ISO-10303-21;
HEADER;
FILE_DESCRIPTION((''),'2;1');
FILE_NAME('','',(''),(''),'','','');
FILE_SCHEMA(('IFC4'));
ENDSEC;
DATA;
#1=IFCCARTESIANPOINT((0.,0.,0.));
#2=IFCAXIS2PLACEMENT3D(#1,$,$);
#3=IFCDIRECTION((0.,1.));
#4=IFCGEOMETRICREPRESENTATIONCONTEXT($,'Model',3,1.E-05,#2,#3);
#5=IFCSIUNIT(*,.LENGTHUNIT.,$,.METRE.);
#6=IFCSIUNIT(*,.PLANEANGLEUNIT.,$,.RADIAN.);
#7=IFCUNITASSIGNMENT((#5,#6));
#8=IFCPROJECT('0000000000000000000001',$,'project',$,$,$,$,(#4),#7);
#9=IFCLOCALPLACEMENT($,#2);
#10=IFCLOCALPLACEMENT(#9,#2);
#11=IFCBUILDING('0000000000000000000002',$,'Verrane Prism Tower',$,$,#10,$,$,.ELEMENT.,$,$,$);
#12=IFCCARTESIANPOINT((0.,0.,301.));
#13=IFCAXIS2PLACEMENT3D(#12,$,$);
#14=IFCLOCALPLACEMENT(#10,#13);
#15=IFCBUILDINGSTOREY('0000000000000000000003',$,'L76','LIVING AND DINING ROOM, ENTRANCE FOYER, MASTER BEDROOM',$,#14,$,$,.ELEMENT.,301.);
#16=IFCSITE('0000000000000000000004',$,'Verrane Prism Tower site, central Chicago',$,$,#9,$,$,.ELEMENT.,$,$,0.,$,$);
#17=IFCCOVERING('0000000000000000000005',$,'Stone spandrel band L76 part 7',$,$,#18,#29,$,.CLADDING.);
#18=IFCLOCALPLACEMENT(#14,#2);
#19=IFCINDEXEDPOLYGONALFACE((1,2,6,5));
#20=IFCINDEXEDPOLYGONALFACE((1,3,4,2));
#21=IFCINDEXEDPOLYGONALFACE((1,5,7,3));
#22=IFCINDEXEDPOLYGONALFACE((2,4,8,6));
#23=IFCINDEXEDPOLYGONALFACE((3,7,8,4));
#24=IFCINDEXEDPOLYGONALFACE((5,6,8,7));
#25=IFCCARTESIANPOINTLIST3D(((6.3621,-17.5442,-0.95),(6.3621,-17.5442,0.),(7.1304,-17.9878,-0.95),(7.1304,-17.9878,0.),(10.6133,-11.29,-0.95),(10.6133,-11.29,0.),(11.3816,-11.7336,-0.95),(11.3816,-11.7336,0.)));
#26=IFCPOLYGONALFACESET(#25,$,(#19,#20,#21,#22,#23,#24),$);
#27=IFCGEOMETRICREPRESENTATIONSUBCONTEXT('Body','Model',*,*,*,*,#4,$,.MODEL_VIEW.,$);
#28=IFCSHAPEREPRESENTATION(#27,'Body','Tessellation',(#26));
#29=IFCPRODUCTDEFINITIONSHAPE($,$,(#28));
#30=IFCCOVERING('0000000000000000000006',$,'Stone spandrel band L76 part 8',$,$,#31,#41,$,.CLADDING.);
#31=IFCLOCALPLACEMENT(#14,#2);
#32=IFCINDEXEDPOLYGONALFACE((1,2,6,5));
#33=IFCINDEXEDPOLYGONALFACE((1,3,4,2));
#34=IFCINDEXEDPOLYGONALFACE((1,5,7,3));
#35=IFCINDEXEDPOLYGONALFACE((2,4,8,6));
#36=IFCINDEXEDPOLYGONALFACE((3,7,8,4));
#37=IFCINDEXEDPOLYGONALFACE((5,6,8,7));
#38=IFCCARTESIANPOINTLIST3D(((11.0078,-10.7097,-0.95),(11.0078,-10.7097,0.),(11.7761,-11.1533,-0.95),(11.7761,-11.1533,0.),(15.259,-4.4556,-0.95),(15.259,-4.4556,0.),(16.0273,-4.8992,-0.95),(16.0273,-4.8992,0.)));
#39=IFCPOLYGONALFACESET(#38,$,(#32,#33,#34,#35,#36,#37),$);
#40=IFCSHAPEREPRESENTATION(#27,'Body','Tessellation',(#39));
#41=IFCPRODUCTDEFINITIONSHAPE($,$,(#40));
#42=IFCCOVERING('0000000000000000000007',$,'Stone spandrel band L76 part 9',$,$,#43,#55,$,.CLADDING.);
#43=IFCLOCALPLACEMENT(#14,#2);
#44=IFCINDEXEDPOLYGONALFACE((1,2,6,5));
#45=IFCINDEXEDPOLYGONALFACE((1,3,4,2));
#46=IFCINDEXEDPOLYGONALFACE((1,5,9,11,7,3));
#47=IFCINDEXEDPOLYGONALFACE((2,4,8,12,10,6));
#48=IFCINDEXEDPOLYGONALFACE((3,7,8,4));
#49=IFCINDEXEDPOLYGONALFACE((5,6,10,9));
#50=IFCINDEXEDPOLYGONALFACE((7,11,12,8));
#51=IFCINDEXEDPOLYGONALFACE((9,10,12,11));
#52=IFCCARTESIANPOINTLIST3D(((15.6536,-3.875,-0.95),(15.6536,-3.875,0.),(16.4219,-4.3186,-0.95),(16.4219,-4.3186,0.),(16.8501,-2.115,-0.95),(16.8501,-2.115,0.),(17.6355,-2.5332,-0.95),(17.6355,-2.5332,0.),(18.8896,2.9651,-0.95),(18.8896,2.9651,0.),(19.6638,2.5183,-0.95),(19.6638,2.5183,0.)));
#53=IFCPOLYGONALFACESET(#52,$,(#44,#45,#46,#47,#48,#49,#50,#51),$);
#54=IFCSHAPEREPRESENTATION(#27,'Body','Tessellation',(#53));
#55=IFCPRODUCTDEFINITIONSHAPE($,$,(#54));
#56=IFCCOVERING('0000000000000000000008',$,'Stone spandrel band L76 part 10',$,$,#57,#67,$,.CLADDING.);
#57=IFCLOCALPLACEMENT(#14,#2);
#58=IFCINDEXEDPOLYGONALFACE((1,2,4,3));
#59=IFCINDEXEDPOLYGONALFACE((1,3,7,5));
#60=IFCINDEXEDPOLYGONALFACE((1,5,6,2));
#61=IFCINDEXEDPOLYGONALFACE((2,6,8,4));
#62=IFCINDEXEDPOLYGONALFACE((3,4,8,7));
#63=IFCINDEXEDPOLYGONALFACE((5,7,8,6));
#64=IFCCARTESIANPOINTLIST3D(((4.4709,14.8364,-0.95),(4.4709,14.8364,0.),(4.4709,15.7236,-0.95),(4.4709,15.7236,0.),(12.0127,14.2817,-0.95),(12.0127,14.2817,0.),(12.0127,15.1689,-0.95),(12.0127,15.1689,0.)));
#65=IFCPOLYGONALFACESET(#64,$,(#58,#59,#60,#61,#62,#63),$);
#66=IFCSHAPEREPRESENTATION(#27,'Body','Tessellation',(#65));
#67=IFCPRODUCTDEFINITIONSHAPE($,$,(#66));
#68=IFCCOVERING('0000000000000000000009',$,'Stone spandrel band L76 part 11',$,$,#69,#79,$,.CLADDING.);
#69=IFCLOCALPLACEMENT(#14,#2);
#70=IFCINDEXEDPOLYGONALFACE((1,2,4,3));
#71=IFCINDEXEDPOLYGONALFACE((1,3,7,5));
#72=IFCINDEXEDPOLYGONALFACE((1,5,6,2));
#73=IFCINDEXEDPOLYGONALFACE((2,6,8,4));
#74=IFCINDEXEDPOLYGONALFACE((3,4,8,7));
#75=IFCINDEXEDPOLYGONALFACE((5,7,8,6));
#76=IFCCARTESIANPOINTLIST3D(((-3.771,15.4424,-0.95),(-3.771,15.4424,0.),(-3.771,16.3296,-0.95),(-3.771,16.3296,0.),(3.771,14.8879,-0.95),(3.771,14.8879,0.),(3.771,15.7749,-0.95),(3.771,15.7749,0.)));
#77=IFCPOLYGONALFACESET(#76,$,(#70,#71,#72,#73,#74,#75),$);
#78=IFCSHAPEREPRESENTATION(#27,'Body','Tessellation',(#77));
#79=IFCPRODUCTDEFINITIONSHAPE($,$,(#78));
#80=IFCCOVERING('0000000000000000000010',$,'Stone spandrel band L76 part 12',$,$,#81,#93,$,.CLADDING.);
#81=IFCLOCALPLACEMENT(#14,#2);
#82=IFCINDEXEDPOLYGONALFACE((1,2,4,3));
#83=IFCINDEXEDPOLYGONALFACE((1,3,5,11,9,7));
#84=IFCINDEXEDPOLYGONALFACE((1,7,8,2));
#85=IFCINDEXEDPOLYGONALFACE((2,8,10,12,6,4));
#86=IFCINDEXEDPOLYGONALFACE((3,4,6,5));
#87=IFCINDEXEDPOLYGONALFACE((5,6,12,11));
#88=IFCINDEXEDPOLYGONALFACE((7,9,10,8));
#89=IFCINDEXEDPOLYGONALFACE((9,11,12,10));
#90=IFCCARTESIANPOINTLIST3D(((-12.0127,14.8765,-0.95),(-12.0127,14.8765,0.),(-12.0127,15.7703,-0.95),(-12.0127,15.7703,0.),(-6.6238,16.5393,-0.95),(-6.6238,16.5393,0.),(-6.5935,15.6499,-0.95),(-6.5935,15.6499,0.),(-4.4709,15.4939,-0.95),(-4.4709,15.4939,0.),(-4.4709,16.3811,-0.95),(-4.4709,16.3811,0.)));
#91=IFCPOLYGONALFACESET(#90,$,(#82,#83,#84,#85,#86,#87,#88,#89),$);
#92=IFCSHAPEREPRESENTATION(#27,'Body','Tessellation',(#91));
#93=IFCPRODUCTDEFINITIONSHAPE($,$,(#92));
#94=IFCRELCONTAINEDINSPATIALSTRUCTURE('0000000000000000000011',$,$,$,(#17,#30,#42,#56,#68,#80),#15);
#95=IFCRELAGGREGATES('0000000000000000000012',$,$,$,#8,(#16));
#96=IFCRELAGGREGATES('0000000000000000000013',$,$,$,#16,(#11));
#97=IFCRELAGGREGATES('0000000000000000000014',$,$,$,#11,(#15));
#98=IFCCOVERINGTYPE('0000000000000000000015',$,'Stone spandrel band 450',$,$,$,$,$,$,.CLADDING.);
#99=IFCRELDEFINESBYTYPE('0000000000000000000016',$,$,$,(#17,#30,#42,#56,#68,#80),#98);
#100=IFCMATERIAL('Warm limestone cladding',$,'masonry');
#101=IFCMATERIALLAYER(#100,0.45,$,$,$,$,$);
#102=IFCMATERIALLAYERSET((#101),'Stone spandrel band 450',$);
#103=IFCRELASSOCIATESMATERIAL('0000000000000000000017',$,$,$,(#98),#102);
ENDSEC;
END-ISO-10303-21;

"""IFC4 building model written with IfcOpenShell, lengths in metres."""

from ifc_helpers import new_model, si_unit, direction, frame, origin, place, context, subcontext, project, spatial, polyline, outline, extrude, material, layer, layer_set, type_object, element, save


model = new_model("IFC4")

# Units and contexts
model_context = context("Model", 3, precision=1e-05, world=origin(), true_north=direction((0.0, 1.0)))
body_context = subcontext(model_context, "Body", "Model", "MODEL_VIEW")
ifc_project = project(units=[si_unit("LENGTHUNIT", "METRE"), si_unit("PLANEANGLEUNIT", "RADIAN")], contexts=[model_context])

# Site, building, storey
site_placement = place(None, origin())
site = spatial("IfcSite", under=ifc_project, at=site_placement, Name="Verrane Prism Tower site, central Chicago", CompositionType="ELEMENT", RefElevation=0.0)
building_placement = place(site_placement, origin())
building = spatial("IfcBuilding", under=site, at=building_placement, Name="Verrane Prism Tower", CompositionType="ELEMENT")
storey_placement = place(building_placement, frame((0.0, 0.0, 301.0)))
storey = spatial("IfcBuildingStorey", under=building, at=storey_placement, Name="L76", Description="LIVING AND DINING ROOM, ENTRANCE FOYER, MASTER BEDROOM", CompositionType="ELEMENT", Elevation=301.0)

# Coverings
ifc_material_1 = material(Name="Warm limestone cladding", Category="masonry")
ifc_layer_1 = layer(ifc_material_1, 0.45)
ifc_layer_set_1 = layer_set([ifc_layer_1], Name="Stone spandrel band 450")
covering_type = type_object("IfcCoveringType", Name="Stone spandrel band 450", PredefinedType="CLADDING", material=ifc_layer_set_1)
covering_1_placement = place(storey_placement, frame((0.0, 0.0, -0.95)))
element("IfcCovering", 1, at=covering_1_placement, inside=storey, type_object=covering_type, Name="Stone spandrel band L76 part 7", PredefinedType="CLADDING", context=body_context, shape_type="SweptSolid", body=[
    extrude(outline(polyline([(10.6133, -11.29), (6.3621, -17.5442), (7.1304, -17.9878), (11.3816, -11.7336), (10.6133, -11.29)])), origin(), (0.0, 0.0, 1.0), 0.95),
])
covering_2_placement = place(storey_placement, frame((0.0, 0.0, -0.95)))
element("IfcCovering", 2, at=covering_2_placement, inside=storey, type_object=covering_type, Name="Stone spandrel band L76 part 8", PredefinedType="CLADDING", context=body_context, shape_type="SweptSolid", body=[
    extrude(outline(polyline([(16.0273, -4.8992), (15.259, -4.4556), (11.0078, -10.7097), (11.7761, -11.1533), (16.0273, -4.8992)])), origin(), (0.0, 0.0, 1.0), 0.95),
])
covering_3_placement = place(storey_placement, frame((0.0, 0.0, -0.95)))
element("IfcCovering", 3, at=covering_3_placement, inside=storey, type_object=covering_type, Name="Stone spandrel band L76 part 9", PredefinedType="CLADDING", context=body_context, shape_type="SweptSolid", body=[
    extrude(outline(polyline([(19.6638, 2.5183), (18.8896, 2.9651), (16.8501, -2.115), (15.6536, -3.875), (16.4219, -4.3186), (17.6355, -2.5332), (19.6638, 2.5183)])), origin(), (0.0, 0.0, 1.0), 0.95),
])
covering_4_placement = place(storey_placement, frame((0.0, 0.0, -0.95)))
element("IfcCovering", 4, at=covering_4_placement, inside=storey, type_object=covering_type, Name="Stone spandrel band L76 part 10", PredefinedType="CLADDING", context=body_context, shape_type="SweptSolid", body=[
    extrude(outline(polyline([(4.4709, 14.8364), (12.0127, 14.2817), (12.0127, 15.1689), (4.4709, 15.7236), (4.4709, 14.8364)])), origin(), (0.0, 0.0, 1.0), 0.95),
])
covering_5_placement = place(storey_placement, frame((0.0, 0.0, -0.95)))
element("IfcCovering", 5, at=covering_5_placement, inside=storey, type_object=covering_type, Name="Stone spandrel band L76 part 11", PredefinedType="CLADDING", context=body_context, shape_type="SweptSolid", body=[
    extrude(outline(polyline([(-3.771, 15.4424), (3.771, 14.8879), (3.771, 15.7749), (-3.771, 16.3296), (-3.771, 15.4424)])), origin(), (0.0, 0.0, 1.0), 0.95),
])
covering_6_placement = place(storey_placement, frame((0.0, 0.0, -0.95)))
element("IfcCovering", 6, at=covering_6_placement, inside=storey, type_object=covering_type, Name="Stone spandrel band L76 part 12", PredefinedType="CLADDING", context=body_context, shape_type="SweptSolid", body=[
    extrude(outline(polyline([(-12.0127, 14.8765), (-6.5935, 15.6499), (-4.4709, 15.4939), (-4.4709, 16.3811), (-6.6238, 16.5393), (-12.0127, 15.7703), (-12.0127, 14.8765)])), origin(), (0.0, 0.0, 1.0), 0.95),
])

save(model, "model.ifc")
